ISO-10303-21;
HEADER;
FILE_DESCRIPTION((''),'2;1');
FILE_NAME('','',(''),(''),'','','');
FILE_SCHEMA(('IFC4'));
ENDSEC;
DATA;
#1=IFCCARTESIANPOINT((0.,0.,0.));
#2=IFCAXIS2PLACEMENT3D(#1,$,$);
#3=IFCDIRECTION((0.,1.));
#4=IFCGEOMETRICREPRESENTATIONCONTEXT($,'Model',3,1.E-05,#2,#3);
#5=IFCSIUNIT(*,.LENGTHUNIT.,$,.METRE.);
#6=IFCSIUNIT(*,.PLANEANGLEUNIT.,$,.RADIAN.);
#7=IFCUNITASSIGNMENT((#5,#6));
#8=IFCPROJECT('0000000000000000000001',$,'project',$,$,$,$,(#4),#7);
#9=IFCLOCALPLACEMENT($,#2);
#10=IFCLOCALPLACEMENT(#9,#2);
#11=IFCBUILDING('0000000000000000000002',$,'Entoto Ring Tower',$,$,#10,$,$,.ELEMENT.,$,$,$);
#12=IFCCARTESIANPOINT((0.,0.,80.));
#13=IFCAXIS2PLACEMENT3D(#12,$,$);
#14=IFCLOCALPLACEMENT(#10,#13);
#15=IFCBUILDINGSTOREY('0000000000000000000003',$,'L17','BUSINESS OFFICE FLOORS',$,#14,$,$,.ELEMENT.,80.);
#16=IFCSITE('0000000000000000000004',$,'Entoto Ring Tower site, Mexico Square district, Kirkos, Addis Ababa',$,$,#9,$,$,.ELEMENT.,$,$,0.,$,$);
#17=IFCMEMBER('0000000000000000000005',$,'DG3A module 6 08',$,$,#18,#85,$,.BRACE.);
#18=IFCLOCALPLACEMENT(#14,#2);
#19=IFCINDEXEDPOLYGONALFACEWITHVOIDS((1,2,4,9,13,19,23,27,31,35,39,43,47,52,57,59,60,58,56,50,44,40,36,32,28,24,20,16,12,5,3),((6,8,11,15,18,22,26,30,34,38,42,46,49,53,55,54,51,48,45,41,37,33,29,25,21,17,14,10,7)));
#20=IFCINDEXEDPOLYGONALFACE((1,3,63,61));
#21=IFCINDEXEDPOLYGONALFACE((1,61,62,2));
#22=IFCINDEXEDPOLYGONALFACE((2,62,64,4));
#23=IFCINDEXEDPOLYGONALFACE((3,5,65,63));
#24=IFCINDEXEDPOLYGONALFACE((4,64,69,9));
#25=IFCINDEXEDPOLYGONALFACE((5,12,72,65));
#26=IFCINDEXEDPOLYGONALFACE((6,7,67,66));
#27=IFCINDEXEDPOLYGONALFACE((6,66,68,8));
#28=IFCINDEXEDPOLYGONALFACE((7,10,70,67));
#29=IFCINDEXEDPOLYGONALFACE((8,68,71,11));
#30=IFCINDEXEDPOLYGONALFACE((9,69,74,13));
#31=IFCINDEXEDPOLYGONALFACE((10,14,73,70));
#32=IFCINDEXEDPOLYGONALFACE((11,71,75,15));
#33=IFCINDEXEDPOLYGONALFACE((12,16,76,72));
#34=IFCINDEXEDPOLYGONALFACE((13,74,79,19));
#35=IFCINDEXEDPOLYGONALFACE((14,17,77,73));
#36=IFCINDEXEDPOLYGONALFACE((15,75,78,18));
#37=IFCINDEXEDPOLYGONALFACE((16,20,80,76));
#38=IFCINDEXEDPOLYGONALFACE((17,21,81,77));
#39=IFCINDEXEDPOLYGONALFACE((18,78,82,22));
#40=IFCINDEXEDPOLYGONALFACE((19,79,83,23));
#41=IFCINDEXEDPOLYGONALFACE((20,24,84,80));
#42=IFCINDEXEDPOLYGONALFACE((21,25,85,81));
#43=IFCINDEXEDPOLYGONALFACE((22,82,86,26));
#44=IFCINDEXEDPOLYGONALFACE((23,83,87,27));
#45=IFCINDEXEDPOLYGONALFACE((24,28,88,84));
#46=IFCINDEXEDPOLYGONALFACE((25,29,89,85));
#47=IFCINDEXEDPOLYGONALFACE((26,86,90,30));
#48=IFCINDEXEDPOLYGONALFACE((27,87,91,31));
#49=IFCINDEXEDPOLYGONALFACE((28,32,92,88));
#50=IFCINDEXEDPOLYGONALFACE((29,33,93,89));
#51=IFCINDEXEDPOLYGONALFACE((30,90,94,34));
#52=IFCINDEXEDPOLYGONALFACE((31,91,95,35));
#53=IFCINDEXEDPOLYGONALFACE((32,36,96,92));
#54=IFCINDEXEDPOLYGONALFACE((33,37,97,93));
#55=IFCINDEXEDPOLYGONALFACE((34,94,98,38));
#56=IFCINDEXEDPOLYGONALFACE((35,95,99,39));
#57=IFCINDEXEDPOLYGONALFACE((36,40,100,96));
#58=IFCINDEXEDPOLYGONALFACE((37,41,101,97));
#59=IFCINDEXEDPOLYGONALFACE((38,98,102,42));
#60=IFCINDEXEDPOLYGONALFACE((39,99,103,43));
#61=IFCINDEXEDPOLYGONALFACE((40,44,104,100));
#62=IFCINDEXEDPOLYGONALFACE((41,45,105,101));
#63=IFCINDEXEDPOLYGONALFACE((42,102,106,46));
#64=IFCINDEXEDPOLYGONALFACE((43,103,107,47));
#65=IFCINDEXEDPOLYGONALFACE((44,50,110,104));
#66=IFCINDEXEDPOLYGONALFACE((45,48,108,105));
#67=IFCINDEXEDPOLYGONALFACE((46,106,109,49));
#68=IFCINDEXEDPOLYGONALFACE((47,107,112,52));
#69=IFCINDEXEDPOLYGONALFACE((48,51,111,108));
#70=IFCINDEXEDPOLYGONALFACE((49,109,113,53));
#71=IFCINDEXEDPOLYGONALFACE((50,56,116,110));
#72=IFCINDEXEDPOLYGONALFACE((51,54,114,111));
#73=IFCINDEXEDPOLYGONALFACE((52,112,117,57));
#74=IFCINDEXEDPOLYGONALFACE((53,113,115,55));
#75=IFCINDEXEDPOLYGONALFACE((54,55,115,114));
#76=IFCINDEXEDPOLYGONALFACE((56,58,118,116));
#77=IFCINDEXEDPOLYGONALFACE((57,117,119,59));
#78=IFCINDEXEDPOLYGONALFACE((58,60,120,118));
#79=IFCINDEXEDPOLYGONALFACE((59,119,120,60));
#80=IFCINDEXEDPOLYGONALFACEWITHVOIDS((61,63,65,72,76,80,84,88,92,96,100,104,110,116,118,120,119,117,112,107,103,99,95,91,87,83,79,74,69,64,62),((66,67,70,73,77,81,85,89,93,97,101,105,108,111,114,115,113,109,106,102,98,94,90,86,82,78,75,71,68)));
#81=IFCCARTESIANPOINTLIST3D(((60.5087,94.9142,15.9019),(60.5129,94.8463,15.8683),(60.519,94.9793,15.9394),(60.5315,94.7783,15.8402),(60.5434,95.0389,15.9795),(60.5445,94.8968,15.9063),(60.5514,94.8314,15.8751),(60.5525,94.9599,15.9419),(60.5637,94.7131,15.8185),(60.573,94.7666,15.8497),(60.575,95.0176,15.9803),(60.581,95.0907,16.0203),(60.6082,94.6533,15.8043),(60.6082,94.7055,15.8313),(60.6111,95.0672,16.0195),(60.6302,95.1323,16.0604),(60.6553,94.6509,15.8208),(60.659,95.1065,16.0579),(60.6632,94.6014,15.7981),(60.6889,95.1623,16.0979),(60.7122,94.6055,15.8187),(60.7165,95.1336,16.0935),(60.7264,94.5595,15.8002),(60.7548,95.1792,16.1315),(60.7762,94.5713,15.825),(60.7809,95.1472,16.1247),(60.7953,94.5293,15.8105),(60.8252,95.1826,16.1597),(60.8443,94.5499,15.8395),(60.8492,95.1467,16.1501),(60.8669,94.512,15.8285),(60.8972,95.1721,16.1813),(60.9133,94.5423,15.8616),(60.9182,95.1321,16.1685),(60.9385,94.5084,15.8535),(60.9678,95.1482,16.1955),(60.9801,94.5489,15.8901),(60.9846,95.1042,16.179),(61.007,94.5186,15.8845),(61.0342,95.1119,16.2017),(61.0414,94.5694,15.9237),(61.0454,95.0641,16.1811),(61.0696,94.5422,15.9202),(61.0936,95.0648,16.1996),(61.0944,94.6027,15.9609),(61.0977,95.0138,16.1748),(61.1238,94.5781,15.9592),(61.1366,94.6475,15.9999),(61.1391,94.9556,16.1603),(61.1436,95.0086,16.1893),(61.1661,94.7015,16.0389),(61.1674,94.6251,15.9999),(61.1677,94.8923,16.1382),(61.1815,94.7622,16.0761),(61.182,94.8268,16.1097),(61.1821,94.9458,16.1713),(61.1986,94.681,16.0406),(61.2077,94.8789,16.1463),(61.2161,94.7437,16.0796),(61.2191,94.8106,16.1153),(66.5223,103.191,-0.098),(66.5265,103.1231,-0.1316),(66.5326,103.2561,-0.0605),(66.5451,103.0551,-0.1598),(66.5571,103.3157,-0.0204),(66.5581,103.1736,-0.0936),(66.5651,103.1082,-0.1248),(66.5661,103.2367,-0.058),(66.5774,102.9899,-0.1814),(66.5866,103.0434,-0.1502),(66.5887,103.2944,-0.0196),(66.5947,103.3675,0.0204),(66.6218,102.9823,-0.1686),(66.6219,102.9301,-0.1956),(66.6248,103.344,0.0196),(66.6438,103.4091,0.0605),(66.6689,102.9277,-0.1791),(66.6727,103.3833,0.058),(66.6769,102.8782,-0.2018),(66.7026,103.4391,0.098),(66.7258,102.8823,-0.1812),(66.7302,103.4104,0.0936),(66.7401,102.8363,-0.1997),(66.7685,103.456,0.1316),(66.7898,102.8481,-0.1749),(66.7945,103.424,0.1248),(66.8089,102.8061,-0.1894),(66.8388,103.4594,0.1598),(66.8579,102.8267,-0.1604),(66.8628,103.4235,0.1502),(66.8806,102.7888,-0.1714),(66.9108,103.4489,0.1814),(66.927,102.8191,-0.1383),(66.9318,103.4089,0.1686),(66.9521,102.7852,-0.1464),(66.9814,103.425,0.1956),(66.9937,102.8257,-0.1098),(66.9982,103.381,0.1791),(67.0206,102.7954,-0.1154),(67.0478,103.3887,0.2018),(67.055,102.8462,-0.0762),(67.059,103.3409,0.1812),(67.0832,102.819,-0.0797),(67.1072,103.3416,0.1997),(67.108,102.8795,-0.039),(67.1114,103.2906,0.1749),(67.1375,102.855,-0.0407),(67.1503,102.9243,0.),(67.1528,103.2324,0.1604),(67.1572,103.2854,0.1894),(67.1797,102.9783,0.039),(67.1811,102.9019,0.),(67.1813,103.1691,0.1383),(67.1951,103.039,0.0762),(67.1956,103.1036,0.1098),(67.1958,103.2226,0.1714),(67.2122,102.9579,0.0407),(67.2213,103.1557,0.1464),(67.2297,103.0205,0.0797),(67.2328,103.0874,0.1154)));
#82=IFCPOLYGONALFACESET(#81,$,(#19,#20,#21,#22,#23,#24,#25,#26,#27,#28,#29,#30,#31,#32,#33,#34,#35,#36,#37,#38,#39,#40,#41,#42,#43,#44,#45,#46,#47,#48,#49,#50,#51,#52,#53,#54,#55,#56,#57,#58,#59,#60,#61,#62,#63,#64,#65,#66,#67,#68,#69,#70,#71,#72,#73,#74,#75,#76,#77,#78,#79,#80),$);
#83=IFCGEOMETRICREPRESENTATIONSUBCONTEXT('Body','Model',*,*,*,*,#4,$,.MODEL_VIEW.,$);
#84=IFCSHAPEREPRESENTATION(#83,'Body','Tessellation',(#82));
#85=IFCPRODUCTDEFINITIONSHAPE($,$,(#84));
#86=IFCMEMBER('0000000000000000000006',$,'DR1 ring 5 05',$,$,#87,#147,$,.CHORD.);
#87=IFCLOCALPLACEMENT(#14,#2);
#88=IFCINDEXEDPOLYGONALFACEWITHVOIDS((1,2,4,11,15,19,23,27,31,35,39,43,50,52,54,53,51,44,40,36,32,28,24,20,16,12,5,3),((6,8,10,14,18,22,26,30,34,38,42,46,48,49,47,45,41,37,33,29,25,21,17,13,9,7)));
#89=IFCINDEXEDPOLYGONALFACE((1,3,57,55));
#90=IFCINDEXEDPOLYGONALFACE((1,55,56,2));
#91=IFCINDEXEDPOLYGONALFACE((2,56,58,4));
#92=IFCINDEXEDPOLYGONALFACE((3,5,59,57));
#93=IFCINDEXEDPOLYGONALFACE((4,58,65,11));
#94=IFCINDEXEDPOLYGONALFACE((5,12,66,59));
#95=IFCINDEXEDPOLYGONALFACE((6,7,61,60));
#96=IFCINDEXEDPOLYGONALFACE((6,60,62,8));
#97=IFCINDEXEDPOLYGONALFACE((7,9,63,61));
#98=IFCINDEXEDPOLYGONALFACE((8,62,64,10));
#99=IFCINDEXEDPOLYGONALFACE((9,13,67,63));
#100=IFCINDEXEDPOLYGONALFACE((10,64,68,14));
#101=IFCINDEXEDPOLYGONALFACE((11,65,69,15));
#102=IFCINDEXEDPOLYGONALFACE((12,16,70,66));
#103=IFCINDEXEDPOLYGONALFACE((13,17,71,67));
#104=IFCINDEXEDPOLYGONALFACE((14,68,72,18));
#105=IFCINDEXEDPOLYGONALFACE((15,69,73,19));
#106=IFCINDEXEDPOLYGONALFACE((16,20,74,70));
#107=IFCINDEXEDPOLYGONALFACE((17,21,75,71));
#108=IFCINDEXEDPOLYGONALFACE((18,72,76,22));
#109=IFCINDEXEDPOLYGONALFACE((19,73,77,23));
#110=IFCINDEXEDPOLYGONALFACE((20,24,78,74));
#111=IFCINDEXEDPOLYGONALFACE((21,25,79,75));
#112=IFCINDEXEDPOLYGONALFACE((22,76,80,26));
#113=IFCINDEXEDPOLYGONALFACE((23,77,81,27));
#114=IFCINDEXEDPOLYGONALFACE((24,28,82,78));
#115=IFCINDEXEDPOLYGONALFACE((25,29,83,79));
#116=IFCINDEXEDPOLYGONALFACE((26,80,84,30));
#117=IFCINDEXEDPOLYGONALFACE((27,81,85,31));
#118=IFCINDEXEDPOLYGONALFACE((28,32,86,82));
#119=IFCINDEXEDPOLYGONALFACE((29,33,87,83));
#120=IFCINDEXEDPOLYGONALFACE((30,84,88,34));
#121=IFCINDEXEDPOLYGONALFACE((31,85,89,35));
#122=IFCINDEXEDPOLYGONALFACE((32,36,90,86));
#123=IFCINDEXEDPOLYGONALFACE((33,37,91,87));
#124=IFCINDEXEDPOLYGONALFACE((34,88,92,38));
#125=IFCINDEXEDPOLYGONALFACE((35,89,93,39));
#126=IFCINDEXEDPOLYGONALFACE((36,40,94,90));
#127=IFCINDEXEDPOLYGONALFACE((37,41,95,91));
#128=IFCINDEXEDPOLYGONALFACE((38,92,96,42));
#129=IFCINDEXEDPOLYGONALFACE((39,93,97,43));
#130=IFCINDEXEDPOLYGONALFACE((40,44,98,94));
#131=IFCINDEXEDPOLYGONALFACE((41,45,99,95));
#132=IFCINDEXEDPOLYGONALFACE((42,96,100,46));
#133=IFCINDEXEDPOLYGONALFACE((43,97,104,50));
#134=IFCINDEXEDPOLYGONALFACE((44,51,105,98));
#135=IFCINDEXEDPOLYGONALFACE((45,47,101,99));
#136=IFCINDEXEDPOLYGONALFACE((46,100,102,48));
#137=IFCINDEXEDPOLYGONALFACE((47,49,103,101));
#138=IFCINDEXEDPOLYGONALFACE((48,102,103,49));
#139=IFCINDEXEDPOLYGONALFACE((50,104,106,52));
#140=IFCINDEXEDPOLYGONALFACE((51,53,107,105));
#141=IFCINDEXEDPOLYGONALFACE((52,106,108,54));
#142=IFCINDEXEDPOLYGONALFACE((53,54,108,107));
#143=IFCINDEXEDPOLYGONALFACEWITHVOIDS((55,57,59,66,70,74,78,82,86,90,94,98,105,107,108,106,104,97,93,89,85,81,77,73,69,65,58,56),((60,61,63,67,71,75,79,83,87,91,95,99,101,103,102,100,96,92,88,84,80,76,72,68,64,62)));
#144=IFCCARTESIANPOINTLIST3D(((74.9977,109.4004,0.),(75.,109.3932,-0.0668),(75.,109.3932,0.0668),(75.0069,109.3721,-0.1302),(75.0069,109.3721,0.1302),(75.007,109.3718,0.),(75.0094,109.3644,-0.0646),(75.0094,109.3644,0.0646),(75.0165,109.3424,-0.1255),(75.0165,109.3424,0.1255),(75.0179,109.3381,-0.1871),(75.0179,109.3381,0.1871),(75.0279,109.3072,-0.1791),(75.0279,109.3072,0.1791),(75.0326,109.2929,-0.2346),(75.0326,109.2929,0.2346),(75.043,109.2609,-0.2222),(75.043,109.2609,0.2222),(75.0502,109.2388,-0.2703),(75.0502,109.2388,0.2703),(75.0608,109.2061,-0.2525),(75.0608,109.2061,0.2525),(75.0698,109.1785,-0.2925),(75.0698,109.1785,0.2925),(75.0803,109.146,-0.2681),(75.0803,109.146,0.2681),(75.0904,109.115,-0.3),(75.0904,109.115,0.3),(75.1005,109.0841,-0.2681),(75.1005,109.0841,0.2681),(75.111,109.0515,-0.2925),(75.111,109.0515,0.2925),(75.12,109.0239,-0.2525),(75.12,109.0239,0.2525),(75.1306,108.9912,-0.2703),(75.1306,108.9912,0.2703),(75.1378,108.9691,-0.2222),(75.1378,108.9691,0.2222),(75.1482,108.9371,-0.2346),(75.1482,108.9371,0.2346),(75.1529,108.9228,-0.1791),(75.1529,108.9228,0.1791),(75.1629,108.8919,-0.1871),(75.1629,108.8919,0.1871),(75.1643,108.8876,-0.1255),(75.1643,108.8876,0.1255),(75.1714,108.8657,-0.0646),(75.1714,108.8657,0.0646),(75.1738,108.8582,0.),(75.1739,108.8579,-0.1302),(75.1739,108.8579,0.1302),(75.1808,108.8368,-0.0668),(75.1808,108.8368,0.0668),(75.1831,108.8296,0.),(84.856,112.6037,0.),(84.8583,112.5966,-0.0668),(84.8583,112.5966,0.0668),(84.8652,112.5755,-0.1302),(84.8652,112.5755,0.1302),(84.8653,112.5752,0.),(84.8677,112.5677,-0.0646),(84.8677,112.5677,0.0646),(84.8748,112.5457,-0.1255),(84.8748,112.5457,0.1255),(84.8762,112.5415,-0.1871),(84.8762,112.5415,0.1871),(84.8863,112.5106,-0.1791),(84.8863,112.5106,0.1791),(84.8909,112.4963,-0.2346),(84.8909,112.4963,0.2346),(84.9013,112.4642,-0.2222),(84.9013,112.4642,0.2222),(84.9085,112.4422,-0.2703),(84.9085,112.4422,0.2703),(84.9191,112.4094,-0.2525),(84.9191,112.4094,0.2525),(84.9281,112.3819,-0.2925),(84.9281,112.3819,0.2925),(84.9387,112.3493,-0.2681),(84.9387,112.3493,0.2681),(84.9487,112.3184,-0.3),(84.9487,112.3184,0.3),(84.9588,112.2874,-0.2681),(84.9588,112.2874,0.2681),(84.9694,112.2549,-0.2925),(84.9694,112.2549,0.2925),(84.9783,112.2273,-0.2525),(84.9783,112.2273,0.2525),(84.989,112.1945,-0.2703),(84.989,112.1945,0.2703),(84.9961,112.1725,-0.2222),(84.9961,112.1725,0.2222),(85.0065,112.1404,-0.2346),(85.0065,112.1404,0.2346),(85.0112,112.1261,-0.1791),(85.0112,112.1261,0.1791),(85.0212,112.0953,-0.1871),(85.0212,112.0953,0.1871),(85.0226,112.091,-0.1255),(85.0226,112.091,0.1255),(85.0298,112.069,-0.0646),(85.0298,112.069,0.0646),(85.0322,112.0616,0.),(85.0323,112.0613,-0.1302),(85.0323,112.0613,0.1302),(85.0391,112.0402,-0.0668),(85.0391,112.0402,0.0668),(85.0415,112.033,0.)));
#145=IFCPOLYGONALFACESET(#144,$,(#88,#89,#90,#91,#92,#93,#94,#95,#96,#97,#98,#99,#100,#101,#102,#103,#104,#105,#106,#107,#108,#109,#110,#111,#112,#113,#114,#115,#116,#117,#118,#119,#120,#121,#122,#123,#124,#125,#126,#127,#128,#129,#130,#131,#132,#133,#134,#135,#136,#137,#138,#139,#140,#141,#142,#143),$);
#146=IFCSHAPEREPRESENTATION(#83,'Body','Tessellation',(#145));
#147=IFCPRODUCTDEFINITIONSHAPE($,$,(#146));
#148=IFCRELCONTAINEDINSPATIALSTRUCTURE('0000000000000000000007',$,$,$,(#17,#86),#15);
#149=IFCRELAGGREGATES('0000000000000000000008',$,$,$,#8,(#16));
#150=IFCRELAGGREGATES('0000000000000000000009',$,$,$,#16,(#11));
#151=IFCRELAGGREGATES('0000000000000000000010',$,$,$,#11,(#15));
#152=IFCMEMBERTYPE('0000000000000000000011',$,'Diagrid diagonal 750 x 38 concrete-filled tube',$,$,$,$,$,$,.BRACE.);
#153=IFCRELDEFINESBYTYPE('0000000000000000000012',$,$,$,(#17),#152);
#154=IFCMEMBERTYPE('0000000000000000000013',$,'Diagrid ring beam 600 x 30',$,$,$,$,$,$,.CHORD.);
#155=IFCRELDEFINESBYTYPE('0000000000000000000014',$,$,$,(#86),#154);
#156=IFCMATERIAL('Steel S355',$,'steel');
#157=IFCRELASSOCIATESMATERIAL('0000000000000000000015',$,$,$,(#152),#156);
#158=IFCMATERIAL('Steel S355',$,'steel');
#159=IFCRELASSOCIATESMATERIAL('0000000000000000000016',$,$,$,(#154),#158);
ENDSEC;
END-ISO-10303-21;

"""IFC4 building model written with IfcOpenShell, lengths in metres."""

from ifc_helpers import new_model, si_unit, direction, frame, origin, origin_2d, place, context, subcontext, project, spatial, circle, hollow_circle, extrude, material, material_profile, profile_set, type_object, element, save


model = new_model("IFC4")

# Units and contexts
model_context = context("Model", 3, precision=1e-05, world=origin(), true_north=direction((0.0, 1.0)))
body_context = subcontext(model_context, "Body", "Model", "MODEL_VIEW")
ifc_project = project(units=[si_unit("LENGTHUNIT", "METRE"), si_unit("PLANEANGLEUNIT", "RADIAN")], contexts=[model_context])

# Site, building, storey
site_placement = place(None, origin())
site = spatial("IfcSite", under=ifc_project, at=site_placement, Name="Entoto Ring Tower site, Mexico Square district, Kirkos, Addis Ababa", CompositionType="ELEMENT", RefElevation=0.0)
building_placement = place(site_placement, origin())
building = spatial("IfcBuilding", under=site, at=building_placement, Name="Entoto Ring Tower", CompositionType="ELEMENT")
storey_placement = place(building_placement, frame((0.0, 0.0, 80.0)))
storey = spatial("IfcBuildingStorey", under=building, at=storey_placement, Name="L17", Description="BUSINESS OFFICE FLOORS", CompositionType="ELEMENT", Elevation=80.0)

# Members
ifc_material_1 = material(Name="Steel S355", Category="steel")
ifc_material_profile_1 = material_profile(ifc_material_1, hollow_circle(Radius=0.375, WallThickness=0.0381, at=origin_2d()), Name="CHS 750 x 38")
ifc_material_2 = material(Name="Concrete C60/75", Category="concrete")
ifc_material_profile_2 = material_profile(ifc_material_2, circle(Radius=0.3369, at=origin_2d()), Name="Concrete C60/75 infill")
ifc_profile_set_1 = profile_set([ifc_material_profile_1, ifc_material_profile_2], Name="Steel S355")
member_type_1 = type_object("IfcMemberType", Name="Diagrid diagonal 750 x 38 concrete-filled tube", PredefinedType="BRACE", material=ifc_profile_set_1)
for number, where, z_axis, x_axis, name in (
    (1, (66.8777, 103.1223, 0.0), (-0.316654, -0.435823, 0.84249), (0.809008, -0.587797, 0.0), "DG3A module 6 08"),
):
    element("IfcMember", number, at=place(storey_placement, frame(where, z_axis=z_axis, x_axis=x_axis)), inside=storey, type_object=member_type_1, Name=name, PredefinedType="BRACE", context=body_context, shape_type="SweptSolid", body=[
        extrude(hollow_circle(Radius=0.375, WallThickness=0.0381, at=origin_2d()), origin(), (0.0, 0.0, 1.0), 18.9912),
    ])
ifc_material_3 = material(Name="Steel S355", Category="steel")
ifc_material_profile_3 = material_profile(ifc_material_3, hollow_circle(Radius=0.3, WallThickness=0.03, at=origin_2d()), Name="CHS 600 x 30")
ifc_material_4 = material(Name="Concrete C60/75", Category="concrete")
ifc_material_profile_4 = material_profile(ifc_material_4, circle(Radius=0.27, at=origin_2d()), Name="Concrete C60/75 infill")
ifc_profile_set_2 = profile_set([ifc_material_profile_3, ifc_material_profile_4], Name="Steel S355")
member_type_2 = type_object("IfcMemberType", Name="Diagrid ring beam 600 x 30", PredefinedType="CHORD", material=ifc_profile_set_2)
member_1_placement = place(storey_placement, frame((84.9487, 112.3184, 0.0), z_axis=(-0.951051, -0.309033, 0.0), x_axis=(0.309033, -0.951051, 0.0)))
element("IfcMember", 2, at=member_1_placement, inside=storey, type_object=member_type_2, Name="DR1 ring 5 05", PredefinedType="CHORD", context=body_context, shape_type="SweptSolid", body=[
    extrude(hollow_circle(Radius=0.3, WallThickness=0.03, at=origin_2d()), origin(), (0.0, 0.0, 1.0), 10.3657),
])

save(model, "model.ifc")
